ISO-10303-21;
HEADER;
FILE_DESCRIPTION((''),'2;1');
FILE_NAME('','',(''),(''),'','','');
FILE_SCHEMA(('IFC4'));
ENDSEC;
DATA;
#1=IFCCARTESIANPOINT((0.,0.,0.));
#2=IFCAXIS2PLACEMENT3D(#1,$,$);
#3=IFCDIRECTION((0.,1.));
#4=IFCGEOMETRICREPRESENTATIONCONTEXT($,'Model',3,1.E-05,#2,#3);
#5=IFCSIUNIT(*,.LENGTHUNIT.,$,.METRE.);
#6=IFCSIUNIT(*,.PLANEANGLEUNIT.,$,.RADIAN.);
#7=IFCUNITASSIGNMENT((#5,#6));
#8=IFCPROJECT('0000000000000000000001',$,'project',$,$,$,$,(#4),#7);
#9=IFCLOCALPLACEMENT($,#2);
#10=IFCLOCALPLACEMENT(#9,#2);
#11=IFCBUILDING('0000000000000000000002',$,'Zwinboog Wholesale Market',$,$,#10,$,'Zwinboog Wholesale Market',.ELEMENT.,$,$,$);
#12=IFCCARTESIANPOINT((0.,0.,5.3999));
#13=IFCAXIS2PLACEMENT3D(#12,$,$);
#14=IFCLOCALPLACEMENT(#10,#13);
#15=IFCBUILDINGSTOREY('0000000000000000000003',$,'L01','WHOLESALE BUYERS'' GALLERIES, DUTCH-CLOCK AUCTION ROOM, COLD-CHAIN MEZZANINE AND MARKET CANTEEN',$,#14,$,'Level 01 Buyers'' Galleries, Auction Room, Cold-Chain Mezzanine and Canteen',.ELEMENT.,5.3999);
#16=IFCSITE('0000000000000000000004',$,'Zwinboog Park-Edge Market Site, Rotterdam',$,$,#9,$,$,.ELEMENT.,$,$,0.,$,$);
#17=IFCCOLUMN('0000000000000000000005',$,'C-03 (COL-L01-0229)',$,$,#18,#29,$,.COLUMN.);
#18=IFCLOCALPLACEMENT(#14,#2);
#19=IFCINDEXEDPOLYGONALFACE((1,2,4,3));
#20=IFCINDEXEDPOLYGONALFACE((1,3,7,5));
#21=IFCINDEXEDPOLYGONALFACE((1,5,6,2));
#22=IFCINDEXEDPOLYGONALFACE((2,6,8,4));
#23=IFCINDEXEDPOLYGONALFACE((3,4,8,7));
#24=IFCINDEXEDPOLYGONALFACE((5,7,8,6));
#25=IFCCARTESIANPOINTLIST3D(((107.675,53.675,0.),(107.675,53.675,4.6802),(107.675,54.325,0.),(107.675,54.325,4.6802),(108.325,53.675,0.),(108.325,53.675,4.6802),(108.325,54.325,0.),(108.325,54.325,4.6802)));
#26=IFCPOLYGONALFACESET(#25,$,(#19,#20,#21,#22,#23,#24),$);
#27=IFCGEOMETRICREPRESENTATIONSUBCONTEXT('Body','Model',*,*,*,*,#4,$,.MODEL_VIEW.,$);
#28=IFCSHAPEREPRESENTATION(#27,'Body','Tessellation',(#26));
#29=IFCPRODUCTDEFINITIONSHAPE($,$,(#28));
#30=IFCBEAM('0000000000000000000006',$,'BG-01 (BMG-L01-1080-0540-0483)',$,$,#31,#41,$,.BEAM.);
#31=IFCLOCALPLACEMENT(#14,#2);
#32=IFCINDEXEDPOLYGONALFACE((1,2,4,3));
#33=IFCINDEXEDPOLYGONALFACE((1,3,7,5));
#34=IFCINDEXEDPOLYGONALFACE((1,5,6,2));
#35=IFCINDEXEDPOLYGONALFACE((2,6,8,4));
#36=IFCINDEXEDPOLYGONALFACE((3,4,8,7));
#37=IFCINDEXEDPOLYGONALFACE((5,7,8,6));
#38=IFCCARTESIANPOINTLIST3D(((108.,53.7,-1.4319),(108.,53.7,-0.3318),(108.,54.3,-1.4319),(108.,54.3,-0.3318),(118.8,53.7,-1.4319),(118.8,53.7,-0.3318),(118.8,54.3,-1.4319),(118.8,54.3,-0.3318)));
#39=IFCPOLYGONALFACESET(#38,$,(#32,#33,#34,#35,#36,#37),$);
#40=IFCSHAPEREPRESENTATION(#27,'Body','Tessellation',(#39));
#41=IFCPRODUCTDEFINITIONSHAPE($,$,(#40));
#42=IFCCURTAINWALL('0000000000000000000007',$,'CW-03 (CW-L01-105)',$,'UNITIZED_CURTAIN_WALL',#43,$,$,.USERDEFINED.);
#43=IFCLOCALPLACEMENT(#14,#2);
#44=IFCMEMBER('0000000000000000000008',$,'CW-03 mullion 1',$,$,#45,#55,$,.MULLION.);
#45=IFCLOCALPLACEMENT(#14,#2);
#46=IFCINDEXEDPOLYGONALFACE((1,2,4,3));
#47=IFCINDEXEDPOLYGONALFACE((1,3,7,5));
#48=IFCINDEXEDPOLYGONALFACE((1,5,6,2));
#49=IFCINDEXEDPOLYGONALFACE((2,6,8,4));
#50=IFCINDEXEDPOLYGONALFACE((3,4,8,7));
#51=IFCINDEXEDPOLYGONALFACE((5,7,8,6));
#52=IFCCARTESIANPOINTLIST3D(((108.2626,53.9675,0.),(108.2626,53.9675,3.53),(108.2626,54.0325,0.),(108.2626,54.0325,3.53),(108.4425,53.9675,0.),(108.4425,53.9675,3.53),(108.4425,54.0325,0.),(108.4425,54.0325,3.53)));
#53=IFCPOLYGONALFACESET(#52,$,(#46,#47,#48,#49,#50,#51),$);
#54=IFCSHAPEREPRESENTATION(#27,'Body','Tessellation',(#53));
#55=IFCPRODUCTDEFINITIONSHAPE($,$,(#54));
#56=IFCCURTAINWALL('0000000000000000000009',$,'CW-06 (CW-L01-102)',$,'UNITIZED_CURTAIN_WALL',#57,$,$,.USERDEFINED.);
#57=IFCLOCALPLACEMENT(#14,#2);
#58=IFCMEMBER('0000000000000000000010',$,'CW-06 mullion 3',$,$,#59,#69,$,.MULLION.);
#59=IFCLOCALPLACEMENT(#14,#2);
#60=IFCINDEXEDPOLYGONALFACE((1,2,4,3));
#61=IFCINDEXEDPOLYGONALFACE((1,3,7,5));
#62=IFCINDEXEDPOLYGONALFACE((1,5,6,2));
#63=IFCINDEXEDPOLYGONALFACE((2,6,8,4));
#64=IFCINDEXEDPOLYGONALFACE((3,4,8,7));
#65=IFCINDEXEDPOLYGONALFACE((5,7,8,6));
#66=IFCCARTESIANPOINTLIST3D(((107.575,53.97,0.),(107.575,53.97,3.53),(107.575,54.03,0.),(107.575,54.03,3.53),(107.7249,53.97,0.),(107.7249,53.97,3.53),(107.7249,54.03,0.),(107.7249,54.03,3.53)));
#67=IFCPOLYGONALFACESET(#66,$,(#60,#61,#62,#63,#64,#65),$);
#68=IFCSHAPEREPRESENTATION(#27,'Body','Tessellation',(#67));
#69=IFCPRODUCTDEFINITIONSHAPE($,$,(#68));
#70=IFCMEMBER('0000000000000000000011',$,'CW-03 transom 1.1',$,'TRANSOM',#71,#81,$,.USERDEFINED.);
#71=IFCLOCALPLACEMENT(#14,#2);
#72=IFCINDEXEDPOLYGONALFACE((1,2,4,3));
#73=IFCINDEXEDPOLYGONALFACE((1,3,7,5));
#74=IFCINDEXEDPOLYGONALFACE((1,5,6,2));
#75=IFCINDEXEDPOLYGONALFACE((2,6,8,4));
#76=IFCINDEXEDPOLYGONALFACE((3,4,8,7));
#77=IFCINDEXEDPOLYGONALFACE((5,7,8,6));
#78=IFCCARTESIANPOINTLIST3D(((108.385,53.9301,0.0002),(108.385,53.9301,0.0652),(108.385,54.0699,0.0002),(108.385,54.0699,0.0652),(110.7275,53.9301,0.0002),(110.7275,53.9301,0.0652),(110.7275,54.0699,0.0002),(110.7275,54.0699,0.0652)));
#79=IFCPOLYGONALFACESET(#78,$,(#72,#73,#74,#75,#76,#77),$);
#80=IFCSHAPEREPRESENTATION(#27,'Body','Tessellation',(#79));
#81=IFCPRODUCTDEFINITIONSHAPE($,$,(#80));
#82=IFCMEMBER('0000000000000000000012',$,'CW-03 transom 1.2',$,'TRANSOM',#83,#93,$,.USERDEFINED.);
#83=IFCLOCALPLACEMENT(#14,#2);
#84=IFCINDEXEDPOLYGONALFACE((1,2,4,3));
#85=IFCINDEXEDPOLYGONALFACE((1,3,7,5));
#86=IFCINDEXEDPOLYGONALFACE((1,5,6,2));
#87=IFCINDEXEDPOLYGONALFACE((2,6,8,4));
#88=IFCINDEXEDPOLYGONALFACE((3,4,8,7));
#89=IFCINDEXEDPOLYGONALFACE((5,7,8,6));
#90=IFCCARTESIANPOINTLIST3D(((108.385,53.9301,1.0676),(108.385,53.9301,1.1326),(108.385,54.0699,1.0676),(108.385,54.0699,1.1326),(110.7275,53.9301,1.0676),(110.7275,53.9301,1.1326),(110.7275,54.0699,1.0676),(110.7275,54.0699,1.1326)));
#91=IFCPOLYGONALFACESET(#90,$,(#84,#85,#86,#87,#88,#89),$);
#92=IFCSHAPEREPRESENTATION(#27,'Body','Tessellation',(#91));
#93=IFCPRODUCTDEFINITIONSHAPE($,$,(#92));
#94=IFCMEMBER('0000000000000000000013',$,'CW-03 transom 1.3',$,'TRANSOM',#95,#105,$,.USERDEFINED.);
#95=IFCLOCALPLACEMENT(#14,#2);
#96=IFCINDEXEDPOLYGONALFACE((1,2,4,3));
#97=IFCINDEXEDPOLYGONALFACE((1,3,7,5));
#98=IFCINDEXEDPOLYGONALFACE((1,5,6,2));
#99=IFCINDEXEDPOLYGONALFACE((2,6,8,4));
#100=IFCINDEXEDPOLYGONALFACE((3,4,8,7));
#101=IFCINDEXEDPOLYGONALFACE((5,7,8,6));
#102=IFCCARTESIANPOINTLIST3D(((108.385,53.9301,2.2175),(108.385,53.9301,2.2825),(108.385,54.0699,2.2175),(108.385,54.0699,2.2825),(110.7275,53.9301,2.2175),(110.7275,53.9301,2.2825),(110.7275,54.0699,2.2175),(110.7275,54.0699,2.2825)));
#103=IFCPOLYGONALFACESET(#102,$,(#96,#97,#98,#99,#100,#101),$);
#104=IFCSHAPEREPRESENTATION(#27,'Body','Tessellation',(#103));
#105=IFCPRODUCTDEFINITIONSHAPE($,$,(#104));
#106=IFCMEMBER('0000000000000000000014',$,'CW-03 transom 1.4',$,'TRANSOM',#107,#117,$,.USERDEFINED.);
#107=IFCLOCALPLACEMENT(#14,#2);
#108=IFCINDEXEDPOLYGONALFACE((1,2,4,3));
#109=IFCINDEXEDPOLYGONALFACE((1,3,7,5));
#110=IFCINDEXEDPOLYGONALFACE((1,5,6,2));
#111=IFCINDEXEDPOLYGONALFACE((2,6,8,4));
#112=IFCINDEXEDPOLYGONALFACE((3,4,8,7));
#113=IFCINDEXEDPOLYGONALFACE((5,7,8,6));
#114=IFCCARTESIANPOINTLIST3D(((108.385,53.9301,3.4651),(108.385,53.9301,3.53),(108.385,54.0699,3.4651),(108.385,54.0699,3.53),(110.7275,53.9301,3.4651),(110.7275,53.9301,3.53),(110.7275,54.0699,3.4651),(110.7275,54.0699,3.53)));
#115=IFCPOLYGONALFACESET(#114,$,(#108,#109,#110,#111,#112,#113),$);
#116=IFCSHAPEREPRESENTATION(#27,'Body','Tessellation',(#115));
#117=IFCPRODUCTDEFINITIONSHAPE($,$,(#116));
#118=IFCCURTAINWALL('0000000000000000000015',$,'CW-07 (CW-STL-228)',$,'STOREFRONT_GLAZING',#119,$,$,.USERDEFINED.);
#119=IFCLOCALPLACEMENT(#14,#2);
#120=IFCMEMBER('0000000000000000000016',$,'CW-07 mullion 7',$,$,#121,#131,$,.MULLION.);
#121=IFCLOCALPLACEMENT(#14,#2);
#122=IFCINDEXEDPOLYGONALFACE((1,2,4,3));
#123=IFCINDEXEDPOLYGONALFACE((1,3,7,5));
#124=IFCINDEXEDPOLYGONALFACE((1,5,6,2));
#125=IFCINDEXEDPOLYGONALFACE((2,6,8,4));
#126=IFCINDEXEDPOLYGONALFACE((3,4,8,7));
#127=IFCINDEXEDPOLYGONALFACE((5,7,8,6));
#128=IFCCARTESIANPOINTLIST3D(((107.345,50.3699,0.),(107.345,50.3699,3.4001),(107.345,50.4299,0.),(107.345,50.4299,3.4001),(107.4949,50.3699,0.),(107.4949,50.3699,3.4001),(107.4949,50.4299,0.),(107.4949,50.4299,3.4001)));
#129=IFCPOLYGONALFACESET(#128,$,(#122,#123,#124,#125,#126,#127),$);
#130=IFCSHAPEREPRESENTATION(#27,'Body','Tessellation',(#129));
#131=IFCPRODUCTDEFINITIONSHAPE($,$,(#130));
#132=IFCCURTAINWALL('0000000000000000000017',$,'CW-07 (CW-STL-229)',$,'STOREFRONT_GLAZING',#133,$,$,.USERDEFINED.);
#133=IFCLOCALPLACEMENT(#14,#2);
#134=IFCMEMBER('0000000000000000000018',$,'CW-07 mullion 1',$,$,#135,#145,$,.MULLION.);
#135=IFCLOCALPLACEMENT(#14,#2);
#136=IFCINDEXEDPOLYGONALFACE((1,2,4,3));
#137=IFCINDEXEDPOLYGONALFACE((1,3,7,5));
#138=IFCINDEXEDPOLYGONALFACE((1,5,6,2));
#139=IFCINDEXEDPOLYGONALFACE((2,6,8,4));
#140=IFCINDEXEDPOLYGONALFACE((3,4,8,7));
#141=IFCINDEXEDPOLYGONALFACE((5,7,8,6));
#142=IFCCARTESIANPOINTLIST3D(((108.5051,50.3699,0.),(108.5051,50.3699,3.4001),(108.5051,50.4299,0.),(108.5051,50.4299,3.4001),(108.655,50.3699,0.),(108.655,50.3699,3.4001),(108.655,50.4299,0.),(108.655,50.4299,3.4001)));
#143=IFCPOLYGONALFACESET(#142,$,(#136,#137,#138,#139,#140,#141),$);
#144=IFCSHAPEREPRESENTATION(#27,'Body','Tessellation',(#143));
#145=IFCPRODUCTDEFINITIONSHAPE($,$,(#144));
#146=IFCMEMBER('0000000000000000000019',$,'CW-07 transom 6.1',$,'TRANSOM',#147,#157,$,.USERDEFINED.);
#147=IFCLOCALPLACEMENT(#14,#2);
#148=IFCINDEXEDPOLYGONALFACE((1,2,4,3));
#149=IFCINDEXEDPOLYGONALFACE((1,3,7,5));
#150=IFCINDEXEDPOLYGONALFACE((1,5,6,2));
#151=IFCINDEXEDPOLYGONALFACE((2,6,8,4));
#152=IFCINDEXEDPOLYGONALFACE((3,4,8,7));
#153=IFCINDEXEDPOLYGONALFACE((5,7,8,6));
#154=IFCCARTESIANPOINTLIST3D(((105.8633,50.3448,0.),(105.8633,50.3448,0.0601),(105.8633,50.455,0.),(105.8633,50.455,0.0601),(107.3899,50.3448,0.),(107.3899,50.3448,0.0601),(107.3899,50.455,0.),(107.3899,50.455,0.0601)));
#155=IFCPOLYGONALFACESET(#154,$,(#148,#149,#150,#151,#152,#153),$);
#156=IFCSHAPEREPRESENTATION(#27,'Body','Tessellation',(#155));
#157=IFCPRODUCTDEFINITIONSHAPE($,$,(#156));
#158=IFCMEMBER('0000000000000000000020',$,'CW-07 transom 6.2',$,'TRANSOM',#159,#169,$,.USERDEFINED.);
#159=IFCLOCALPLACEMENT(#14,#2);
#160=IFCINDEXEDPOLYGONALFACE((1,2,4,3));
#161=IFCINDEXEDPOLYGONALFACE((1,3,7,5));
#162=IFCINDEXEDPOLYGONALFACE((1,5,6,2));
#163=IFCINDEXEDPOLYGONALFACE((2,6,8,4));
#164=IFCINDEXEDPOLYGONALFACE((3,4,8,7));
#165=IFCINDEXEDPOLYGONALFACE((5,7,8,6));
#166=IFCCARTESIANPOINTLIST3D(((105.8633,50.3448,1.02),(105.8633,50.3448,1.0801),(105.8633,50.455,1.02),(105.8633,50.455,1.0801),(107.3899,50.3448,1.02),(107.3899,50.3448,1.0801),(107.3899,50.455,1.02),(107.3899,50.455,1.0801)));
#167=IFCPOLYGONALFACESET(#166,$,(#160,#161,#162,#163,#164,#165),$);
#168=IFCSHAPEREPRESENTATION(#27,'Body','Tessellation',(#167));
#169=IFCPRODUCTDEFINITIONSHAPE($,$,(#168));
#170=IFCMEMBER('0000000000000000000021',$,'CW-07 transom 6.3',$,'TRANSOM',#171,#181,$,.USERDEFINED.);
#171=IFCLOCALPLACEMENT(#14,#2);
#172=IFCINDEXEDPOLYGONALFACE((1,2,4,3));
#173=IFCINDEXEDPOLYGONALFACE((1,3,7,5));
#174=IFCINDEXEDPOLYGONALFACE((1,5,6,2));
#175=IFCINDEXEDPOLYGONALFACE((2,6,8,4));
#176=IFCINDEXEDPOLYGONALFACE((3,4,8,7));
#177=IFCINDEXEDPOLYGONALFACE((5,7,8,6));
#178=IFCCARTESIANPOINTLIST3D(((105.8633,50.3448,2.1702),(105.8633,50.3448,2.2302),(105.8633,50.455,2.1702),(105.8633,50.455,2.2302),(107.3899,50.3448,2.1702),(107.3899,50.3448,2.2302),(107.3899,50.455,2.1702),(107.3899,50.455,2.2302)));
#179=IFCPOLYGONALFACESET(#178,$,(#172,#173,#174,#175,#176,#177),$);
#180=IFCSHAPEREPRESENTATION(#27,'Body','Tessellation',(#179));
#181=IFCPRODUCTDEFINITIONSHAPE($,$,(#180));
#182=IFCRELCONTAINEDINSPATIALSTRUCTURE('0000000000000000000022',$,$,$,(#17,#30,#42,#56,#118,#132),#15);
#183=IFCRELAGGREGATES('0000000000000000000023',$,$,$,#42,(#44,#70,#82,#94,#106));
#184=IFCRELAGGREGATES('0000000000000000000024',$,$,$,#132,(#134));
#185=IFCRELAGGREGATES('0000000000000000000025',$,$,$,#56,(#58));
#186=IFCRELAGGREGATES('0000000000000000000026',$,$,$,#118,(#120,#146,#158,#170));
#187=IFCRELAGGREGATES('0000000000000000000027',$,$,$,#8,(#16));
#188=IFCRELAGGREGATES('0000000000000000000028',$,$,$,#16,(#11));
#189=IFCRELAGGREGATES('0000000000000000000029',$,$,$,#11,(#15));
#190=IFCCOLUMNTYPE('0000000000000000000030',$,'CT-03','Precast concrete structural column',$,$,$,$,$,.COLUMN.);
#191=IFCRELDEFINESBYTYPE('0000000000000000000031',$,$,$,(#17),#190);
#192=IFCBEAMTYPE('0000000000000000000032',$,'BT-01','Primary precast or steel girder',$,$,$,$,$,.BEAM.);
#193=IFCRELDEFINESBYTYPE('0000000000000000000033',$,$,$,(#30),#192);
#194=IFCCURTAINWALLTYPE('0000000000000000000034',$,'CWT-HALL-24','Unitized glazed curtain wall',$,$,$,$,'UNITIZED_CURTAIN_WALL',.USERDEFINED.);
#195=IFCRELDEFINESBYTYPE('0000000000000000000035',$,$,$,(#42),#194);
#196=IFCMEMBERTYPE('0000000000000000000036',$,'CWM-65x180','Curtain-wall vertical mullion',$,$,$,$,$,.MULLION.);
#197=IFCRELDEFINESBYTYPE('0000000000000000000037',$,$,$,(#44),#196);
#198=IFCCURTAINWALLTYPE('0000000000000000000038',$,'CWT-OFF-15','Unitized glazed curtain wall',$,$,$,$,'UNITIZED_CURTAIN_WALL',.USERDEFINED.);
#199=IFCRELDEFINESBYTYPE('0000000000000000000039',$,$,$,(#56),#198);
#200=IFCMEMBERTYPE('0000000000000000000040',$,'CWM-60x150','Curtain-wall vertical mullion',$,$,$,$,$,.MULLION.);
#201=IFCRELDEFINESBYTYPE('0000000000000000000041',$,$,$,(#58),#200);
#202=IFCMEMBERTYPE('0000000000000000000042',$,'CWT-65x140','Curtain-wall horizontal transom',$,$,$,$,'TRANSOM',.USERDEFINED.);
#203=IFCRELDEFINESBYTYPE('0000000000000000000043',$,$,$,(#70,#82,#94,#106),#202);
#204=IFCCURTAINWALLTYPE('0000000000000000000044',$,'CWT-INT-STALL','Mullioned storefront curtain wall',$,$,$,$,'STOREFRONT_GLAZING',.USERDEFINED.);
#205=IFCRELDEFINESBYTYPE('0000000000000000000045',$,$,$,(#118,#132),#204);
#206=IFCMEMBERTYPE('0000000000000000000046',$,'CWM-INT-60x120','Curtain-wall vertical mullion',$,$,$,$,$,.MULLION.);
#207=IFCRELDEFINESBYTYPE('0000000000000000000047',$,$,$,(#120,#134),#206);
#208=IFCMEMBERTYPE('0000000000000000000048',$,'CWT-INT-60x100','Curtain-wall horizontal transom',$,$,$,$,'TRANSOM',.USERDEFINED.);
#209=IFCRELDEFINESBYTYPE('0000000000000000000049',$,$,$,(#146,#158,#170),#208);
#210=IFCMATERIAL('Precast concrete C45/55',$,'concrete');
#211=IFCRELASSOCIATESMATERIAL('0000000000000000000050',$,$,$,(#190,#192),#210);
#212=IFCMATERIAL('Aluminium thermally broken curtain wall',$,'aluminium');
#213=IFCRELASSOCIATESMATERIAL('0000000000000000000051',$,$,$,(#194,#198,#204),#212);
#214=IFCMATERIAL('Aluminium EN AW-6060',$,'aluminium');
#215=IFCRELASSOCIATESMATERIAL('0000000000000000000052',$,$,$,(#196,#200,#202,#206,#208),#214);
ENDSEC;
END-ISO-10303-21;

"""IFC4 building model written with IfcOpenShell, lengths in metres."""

from ifc_helpers import new_model, si_unit, direction, frame, origin, origin_2d, place, context, subcontext, project, spatial, rectangle, extrude, material, material_profile, profile_set, type_object, element, aggregate, save


model = new_model("IFC4")

# Units and contexts
model_context = context("Model", 3, precision=1e-05, world=origin(), true_north=direction((0.0, 1.0)))
body_context = subcontext(model_context, "Body", "Model", "MODEL_VIEW")
ifc_project = project(units=[si_unit("LENGTHUNIT", "METRE"), si_unit("PLANEANGLEUNIT", "RADIAN")], contexts=[model_context])

# Site, building, storey
site_placement = place(None, origin())
site = spatial("IfcSite", under=ifc_project, at=site_placement, Name="Zwinboog Park-Edge Market Site, Rotterdam", CompositionType="ELEMENT", RefElevation=0.0)
building_placement = place(site_placement, origin())
building = spatial("IfcBuilding", under=site, at=building_placement, Name="Zwinboog Wholesale Market", LongName="Zwinboog Wholesale Market", CompositionType="ELEMENT")
storey_placement = place(building_placement, frame((0.0, 0.0, 5.3999)))
storey = spatial("IfcBuildingStorey", under=building, at=storey_placement, Name="L01", Description="WHOLESALE BUYERS' GALLERIES, DUTCH-CLOCK AUCTION ROOM, COLD-CHAIN MEZZANINE AND MARKET CANTEEN", LongName="Level 01 Buyers' Galleries, Auction Room, Cold-Chain Mezzanine and Canteen", CompositionType="ELEMENT", Elevation=5.3999)

# Column
ifc_material_1 = material(Name="Precast concrete C45/55", Category="concrete")
ifc_material_profile_1 = material_profile(ifc_material_1, rectangle(XDim=0.6499, YDim=0.6499, at=origin_2d()), Name="PC 650x650")
ifc_profile_set_1 = profile_set([ifc_material_profile_1], Name="Precast concrete C45/55")
column_type = type_object("IfcColumnType", Name="CT-03", Description="Precast concrete structural column", PredefinedType="COLUMN", material=ifc_profile_set_1)
column_placement = place(storey_placement, frame((108.0, 54.0, 0.0), z_axis=(0.0, 0.0, 1.0), x_axis=(1.0, 0.0, 0.0)))
element("IfcColumn", 1, at=column_placement, inside=storey, type_object=column_type, Name="C-03 (COL-L01-0229)", PredefinedType="COLUMN", context=body_context, shape_type="SweptSolid", body=[
    extrude(rectangle(XDim=0.6499, YDim=0.6499, at=origin_2d()), origin(), (0.0, 0.0, 1.0), 4.6802),
])

# Beam
ifc_material_profile_2 = material_profile(ifc_material_1, rectangle(XDim=0.6001, YDim=1.1001, at=origin_2d()), Name="PC 600x1100")
ifc_profile_set_2 = profile_set([ifc_material_profile_2], Name="Precast concrete C45/55")
beam_type = type_object("IfcBeamType", Name="BT-01", Description="Primary precast or steel girder", PredefinedType="BEAM", material=ifc_profile_set_2)
beam_placement = place(storey_placement, frame((108.0, 54.0, -0.8818), z_axis=(1.0, 0.0, 0.0), x_axis=(0.0, 1.0, 0.0)))
element("IfcBeam", 2, at=beam_placement, inside=storey, type_object=beam_type, Name="BG-01 (BMG-L01-1080-0540-0483)", PredefinedType="BEAM", context=body_context, shape_type="SweptSolid", body=[
    extrude(rectangle(XDim=0.6001, YDim=1.1001, at=origin_2d()), origin(), (0.0, 0.0, 1.0), 10.8),
])

# Curtain walls, members
ifc_material_2 = material(Name="Aluminium thermally broken curtain wall", Category="aluminium")
curtain_wall_type_1 = type_object("IfcCurtainWallType", Name="CWT-HALL-24", Description="Unitized glazed curtain wall", ElementType="UNITIZED_CURTAIN_WALL", PredefinedType="USERDEFINED", material=ifc_material_2)
curtain_wall_1_placement = place(storey_placement, origin())
curtain_wall_1 = element("IfcCurtainWall", 3, at=curtain_wall_1_placement, inside=storey, type_object=curtain_wall_type_1, Name="CW-03 (CW-L01-105)", ObjectType="UNITIZED_CURTAIN_WALL", PredefinedType="USERDEFINED")
ifc_material_3 = material(Name="Aluminium EN AW-6060", Category="aluminium")
ifc_material_profile_3 = material_profile(ifc_material_3, rectangle(XDim=0.0649, YDim=0.1799, at=origin_2d()), Name="AL 65x180")
ifc_profile_set_3 = profile_set([ifc_material_profile_3], Name="Aluminium EN AW-6060")
member_type_1 = type_object("IfcMemberType", Name="CWM-65x180", Description="Curtain-wall vertical mullion", PredefinedType="MULLION", material=ifc_profile_set_3)
member_1_placement = place(storey_placement, frame((108.3525, 54.0, 0.0), z_axis=(0.0, 0.0, 1.0), x_axis=(0.0, 1.0, 0.0)))
member_1 = element("IfcMember", 4, at=member_1_placement, type_object=member_type_1, Name="CW-03 mullion 1", PredefinedType="MULLION", context=body_context, shape_type="SweptSolid", body=[
    extrude(rectangle(XDim=0.0649, YDim=0.1799, at=origin_2d()), origin(), (0.0, 0.0, 1.0), 3.53),
])
curtain_wall_type_2 = type_object("IfcCurtainWallType", Name="CWT-OFF-15", Description="Unitized glazed curtain wall", ElementType="UNITIZED_CURTAIN_WALL", PredefinedType="USERDEFINED", material=ifc_material_2)
curtain_wall_2_placement = place(storey_placement, origin())
curtain_wall_2 = element("IfcCurtainWall", 5, at=curtain_wall_2_placement, inside=storey, type_object=curtain_wall_type_2, Name="CW-06 (CW-L01-102)", ObjectType="UNITIZED_CURTAIN_WALL", PredefinedType="USERDEFINED")
ifc_material_profile_4 = material_profile(ifc_material_3, rectangle(XDim=0.0601, YDim=0.1499, at=origin_2d()), Name="AL 60x150")
ifc_profile_set_4 = profile_set([ifc_material_profile_4], Name="Aluminium EN AW-6060")
member_type_2 = type_object("IfcMemberType", Name="CWM-60x150", Description="Curtain-wall vertical mullion", PredefinedType="MULLION", material=ifc_profile_set_4)
member_2_placement = place(storey_placement, frame((107.6499, 54.0, 0.0), z_axis=(0.0, 0.0, 1.0), x_axis=(0.0, 1.0, 0.0)))
member_2 = element("IfcMember", 6, at=member_2_placement, type_object=member_type_2, Name="CW-06 mullion 3", PredefinedType="MULLION", context=body_context, shape_type="SweptSolid", body=[
    extrude(rectangle(XDim=0.0601, YDim=0.1499, at=origin_2d()), origin(), (0.0, 0.0, 1.0), 3.53),
])

# Members
ifc_material_profile_5 = material_profile(ifc_material_3, rectangle(XDim=0.1399, YDim=0.0649, at=origin_2d()), Name="AL 65x140")
ifc_profile_set_5 = profile_set([ifc_material_profile_5], Name="Aluminium EN AW-6060")
member_type_3 = type_object("IfcMemberType", Name="CWT-65x140", Description="Curtain-wall horizontal transom", ElementType="TRANSOM", PredefinedType="USERDEFINED", material=ifc_profile_set_5)
member_3_placement = place(storey_placement, frame((108.385, 54.0, 0.0327), z_axis=(1.0, 0.0, 0.0), x_axis=(0.0, 1.0, 0.0)))
member_3 = element("IfcMember", 7, at=member_3_placement, type_object=member_type_3, Name="CW-03 transom 1.1", ObjectType="TRANSOM", PredefinedType="USERDEFINED", context=body_context, shape_type="SweptSolid", body=[
    extrude(rectangle(XDim=0.1399, YDim=0.0649, at=origin_2d()), origin(), (0.0, 0.0, 1.0), 2.3425),
])
member_4_placement = place(storey_placement, frame((108.385, 54.0, 1.1001), z_axis=(1.0, 0.0, 0.0), x_axis=(0.0, 1.0, 0.0)))
member_4 = element("IfcMember", 8, at=member_4_placement, type_object=member_type_3, Name="CW-03 transom 1.2", ObjectType="TRANSOM", PredefinedType="USERDEFINED", context=body_context, shape_type="SweptSolid", body=[
    extrude(rectangle(XDim=0.1399, YDim=0.0649, at=origin_2d()), origin(), (0.0, 0.0, 1.0), 2.3425),
])
member_5_placement = place(storey_placement, frame((108.385, 54.0, 2.25), z_axis=(1.0, 0.0, 0.0), x_axis=(0.0, 1.0, 0.0)))
member_5 = element("IfcMember", 9, at=member_5_placement, type_object=member_type_3, Name="CW-03 transom 1.3", ObjectType="TRANSOM", PredefinedType="USERDEFINED", context=body_context, shape_type="SweptSolid", body=[
    extrude(rectangle(XDim=0.1399, YDim=0.0649, at=origin_2d()), origin(), (0.0, 0.0, 1.0), 2.3425),
])
member_6_placement = place(storey_placement, frame((108.385, 54.0, 3.4976), z_axis=(1.0, 0.0, 0.0), x_axis=(0.0, 1.0, 0.0)))
member_6 = element("IfcMember", 10, at=member_6_placement, type_object=member_type_3, Name="CW-03 transom 1.4", ObjectType="TRANSOM", PredefinedType="USERDEFINED", context=body_context, shape_type="SweptSolid", body=[
    extrude(rectangle(XDim=0.1399, YDim=0.0649, at=origin_2d()), origin(), (0.0, 0.0, 1.0), 2.3425),
])
aggregate(curtain_wall_1, [member_1, member_3, member_4, member_5, member_6])

# Curtain walls, members
curtain_wall_type_3 = type_object("IfcCurtainWallType", Name="CWT-INT-STALL", Description="Mullioned storefront curtain wall", ElementType="STOREFRONT_GLAZING", PredefinedType="USERDEFINED", material=ifc_material_2)
curtain_wall_3_placement = place(storey_placement, origin())
curtain_wall_3 = element("IfcCurtainWall", 11, at=curtain_wall_3_placement, inside=storey, type_object=curtain_wall_type_3, Name="CW-07 (CW-STL-228)", ObjectType="STOREFRONT_GLAZING", PredefinedType="USERDEFINED")
ifc_material_profile_6 = material_profile(ifc_material_3, rectangle(XDim=0.0601, YDim=0.1499, at=origin_2d()), Name="AL 60x150")
ifc_profile_set_6 = profile_set([ifc_material_profile_6], Name="Aluminium EN AW-6060")
member_type_4 = type_object("IfcMemberType", Name="CWM-INT-60x120", Description="Curtain-wall vertical mullion", PredefinedType="MULLION", material=ifc_profile_set_6)
member_7_placement = place(storey_placement, frame((107.4199, 50.3999, 0.0), z_axis=(0.0, 0.0, 1.0), x_axis=(0.0, 1.0, 0.0)))
member_7 = element("IfcMember", 12, at=member_7_placement, type_object=member_type_4, Name="CW-07 mullion 7", PredefinedType="MULLION", context=body_context, shape_type="SweptSolid", body=[
    extrude(rectangle(XDim=0.0601, YDim=0.1499, at=origin_2d()), origin(), (0.0, 0.0, 1.0), 3.4001),
])
curtain_wall_4_placement = place(storey_placement, origin())
curtain_wall_4 = element("IfcCurtainWall", 13, at=curtain_wall_4_placement, inside=storey, type_object=curtain_wall_type_3, Name="CW-07 (CW-STL-229)", ObjectType="STOREFRONT_GLAZING", PredefinedType="USERDEFINED")
member_8_placement = place(storey_placement, frame((108.5801, 50.3999, 0.0), z_axis=(0.0, 0.0, 1.0), x_axis=(0.0, 1.0, 0.0)))
member_8 = element("IfcMember", 14, at=member_8_placement, type_object=member_type_4, Name="CW-07 mullion 1", PredefinedType="MULLION", context=body_context, shape_type="SweptSolid", body=[
    extrude(rectangle(XDim=0.0601, YDim=0.1499, at=origin_2d()), origin(), (0.0, 0.0, 1.0), 3.4001),
])

# Members
ifc_material_profile_7 = material_profile(ifc_material_3, rectangle(XDim=0.1101, YDim=0.0601, at=origin_2d()), Name="AL 60x110")
ifc_profile_set_7 = profile_set([ifc_material_profile_7], Name="Aluminium EN AW-6060")
member_type_5 = type_object("IfcMemberType", Name="CWT-INT-60x100", Description="Curtain-wall horizontal transom", ElementType="TRANSOM", PredefinedType="USERDEFINED", material=ifc_profile_set_7)
member_9_placement = place(storey_placement, frame((105.8633, 50.3999, 0.03), z_axis=(1.0, 0.0, 0.0), x_axis=(0.0, 1.0, 0.0)))
member_9 = element("IfcMember", 15, at=member_9_placement, type_object=member_type_5, Name="CW-07 transom 6.1", ObjectType="TRANSOM", PredefinedType="USERDEFINED", context=body_context, shape_type="SweptSolid", body=[
    extrude(rectangle(XDim=0.1101, YDim=0.0601, at=origin_2d()), origin(), (0.0, 0.0, 1.0), 1.5266),
])
member_10_placement = place(storey_placement, frame((105.8633, 50.3999, 1.05), z_axis=(1.0, 0.0, 0.0), x_axis=(0.0, 1.0, 0.0)))
member_10 = element("IfcMember", 16, at=member_10_placement, type_object=member_type_5, Name="CW-07 transom 6.2", ObjectType="TRANSOM", PredefinedType="USERDEFINED", context=body_context, shape_type="SweptSolid", body=[
    extrude(rectangle(XDim=0.1101, YDim=0.0601, at=origin_2d()), origin(), (0.0, 0.0, 1.0), 1.5266),
])
member_11_placement = place(storey_placement, frame((105.8633, 50.3999, 2.2002), z_axis=(1.0, 0.0, 0.0), x_axis=(0.0, 1.0, 0.0)))
member_11 = element("IfcMember", 17, at=member_11_placement, type_object=member_type_5, Name="CW-07 transom 6.3", ObjectType="TRANSOM", PredefinedType="USERDEFINED", context=body_context, shape_type="SweptSolid", body=[
    extrude(rectangle(XDim=0.1101, YDim=0.0601, at=origin_2d()), origin(), (0.0, 0.0, 1.0), 1.5266),
])
aggregate(curtain_wall_4, [member_8])

aggregate(curtain_wall_2, [member_2])
aggregate(curtain_wall_3, [member_7, member_9, member_10, member_11])

save(model, "model.ifc")
